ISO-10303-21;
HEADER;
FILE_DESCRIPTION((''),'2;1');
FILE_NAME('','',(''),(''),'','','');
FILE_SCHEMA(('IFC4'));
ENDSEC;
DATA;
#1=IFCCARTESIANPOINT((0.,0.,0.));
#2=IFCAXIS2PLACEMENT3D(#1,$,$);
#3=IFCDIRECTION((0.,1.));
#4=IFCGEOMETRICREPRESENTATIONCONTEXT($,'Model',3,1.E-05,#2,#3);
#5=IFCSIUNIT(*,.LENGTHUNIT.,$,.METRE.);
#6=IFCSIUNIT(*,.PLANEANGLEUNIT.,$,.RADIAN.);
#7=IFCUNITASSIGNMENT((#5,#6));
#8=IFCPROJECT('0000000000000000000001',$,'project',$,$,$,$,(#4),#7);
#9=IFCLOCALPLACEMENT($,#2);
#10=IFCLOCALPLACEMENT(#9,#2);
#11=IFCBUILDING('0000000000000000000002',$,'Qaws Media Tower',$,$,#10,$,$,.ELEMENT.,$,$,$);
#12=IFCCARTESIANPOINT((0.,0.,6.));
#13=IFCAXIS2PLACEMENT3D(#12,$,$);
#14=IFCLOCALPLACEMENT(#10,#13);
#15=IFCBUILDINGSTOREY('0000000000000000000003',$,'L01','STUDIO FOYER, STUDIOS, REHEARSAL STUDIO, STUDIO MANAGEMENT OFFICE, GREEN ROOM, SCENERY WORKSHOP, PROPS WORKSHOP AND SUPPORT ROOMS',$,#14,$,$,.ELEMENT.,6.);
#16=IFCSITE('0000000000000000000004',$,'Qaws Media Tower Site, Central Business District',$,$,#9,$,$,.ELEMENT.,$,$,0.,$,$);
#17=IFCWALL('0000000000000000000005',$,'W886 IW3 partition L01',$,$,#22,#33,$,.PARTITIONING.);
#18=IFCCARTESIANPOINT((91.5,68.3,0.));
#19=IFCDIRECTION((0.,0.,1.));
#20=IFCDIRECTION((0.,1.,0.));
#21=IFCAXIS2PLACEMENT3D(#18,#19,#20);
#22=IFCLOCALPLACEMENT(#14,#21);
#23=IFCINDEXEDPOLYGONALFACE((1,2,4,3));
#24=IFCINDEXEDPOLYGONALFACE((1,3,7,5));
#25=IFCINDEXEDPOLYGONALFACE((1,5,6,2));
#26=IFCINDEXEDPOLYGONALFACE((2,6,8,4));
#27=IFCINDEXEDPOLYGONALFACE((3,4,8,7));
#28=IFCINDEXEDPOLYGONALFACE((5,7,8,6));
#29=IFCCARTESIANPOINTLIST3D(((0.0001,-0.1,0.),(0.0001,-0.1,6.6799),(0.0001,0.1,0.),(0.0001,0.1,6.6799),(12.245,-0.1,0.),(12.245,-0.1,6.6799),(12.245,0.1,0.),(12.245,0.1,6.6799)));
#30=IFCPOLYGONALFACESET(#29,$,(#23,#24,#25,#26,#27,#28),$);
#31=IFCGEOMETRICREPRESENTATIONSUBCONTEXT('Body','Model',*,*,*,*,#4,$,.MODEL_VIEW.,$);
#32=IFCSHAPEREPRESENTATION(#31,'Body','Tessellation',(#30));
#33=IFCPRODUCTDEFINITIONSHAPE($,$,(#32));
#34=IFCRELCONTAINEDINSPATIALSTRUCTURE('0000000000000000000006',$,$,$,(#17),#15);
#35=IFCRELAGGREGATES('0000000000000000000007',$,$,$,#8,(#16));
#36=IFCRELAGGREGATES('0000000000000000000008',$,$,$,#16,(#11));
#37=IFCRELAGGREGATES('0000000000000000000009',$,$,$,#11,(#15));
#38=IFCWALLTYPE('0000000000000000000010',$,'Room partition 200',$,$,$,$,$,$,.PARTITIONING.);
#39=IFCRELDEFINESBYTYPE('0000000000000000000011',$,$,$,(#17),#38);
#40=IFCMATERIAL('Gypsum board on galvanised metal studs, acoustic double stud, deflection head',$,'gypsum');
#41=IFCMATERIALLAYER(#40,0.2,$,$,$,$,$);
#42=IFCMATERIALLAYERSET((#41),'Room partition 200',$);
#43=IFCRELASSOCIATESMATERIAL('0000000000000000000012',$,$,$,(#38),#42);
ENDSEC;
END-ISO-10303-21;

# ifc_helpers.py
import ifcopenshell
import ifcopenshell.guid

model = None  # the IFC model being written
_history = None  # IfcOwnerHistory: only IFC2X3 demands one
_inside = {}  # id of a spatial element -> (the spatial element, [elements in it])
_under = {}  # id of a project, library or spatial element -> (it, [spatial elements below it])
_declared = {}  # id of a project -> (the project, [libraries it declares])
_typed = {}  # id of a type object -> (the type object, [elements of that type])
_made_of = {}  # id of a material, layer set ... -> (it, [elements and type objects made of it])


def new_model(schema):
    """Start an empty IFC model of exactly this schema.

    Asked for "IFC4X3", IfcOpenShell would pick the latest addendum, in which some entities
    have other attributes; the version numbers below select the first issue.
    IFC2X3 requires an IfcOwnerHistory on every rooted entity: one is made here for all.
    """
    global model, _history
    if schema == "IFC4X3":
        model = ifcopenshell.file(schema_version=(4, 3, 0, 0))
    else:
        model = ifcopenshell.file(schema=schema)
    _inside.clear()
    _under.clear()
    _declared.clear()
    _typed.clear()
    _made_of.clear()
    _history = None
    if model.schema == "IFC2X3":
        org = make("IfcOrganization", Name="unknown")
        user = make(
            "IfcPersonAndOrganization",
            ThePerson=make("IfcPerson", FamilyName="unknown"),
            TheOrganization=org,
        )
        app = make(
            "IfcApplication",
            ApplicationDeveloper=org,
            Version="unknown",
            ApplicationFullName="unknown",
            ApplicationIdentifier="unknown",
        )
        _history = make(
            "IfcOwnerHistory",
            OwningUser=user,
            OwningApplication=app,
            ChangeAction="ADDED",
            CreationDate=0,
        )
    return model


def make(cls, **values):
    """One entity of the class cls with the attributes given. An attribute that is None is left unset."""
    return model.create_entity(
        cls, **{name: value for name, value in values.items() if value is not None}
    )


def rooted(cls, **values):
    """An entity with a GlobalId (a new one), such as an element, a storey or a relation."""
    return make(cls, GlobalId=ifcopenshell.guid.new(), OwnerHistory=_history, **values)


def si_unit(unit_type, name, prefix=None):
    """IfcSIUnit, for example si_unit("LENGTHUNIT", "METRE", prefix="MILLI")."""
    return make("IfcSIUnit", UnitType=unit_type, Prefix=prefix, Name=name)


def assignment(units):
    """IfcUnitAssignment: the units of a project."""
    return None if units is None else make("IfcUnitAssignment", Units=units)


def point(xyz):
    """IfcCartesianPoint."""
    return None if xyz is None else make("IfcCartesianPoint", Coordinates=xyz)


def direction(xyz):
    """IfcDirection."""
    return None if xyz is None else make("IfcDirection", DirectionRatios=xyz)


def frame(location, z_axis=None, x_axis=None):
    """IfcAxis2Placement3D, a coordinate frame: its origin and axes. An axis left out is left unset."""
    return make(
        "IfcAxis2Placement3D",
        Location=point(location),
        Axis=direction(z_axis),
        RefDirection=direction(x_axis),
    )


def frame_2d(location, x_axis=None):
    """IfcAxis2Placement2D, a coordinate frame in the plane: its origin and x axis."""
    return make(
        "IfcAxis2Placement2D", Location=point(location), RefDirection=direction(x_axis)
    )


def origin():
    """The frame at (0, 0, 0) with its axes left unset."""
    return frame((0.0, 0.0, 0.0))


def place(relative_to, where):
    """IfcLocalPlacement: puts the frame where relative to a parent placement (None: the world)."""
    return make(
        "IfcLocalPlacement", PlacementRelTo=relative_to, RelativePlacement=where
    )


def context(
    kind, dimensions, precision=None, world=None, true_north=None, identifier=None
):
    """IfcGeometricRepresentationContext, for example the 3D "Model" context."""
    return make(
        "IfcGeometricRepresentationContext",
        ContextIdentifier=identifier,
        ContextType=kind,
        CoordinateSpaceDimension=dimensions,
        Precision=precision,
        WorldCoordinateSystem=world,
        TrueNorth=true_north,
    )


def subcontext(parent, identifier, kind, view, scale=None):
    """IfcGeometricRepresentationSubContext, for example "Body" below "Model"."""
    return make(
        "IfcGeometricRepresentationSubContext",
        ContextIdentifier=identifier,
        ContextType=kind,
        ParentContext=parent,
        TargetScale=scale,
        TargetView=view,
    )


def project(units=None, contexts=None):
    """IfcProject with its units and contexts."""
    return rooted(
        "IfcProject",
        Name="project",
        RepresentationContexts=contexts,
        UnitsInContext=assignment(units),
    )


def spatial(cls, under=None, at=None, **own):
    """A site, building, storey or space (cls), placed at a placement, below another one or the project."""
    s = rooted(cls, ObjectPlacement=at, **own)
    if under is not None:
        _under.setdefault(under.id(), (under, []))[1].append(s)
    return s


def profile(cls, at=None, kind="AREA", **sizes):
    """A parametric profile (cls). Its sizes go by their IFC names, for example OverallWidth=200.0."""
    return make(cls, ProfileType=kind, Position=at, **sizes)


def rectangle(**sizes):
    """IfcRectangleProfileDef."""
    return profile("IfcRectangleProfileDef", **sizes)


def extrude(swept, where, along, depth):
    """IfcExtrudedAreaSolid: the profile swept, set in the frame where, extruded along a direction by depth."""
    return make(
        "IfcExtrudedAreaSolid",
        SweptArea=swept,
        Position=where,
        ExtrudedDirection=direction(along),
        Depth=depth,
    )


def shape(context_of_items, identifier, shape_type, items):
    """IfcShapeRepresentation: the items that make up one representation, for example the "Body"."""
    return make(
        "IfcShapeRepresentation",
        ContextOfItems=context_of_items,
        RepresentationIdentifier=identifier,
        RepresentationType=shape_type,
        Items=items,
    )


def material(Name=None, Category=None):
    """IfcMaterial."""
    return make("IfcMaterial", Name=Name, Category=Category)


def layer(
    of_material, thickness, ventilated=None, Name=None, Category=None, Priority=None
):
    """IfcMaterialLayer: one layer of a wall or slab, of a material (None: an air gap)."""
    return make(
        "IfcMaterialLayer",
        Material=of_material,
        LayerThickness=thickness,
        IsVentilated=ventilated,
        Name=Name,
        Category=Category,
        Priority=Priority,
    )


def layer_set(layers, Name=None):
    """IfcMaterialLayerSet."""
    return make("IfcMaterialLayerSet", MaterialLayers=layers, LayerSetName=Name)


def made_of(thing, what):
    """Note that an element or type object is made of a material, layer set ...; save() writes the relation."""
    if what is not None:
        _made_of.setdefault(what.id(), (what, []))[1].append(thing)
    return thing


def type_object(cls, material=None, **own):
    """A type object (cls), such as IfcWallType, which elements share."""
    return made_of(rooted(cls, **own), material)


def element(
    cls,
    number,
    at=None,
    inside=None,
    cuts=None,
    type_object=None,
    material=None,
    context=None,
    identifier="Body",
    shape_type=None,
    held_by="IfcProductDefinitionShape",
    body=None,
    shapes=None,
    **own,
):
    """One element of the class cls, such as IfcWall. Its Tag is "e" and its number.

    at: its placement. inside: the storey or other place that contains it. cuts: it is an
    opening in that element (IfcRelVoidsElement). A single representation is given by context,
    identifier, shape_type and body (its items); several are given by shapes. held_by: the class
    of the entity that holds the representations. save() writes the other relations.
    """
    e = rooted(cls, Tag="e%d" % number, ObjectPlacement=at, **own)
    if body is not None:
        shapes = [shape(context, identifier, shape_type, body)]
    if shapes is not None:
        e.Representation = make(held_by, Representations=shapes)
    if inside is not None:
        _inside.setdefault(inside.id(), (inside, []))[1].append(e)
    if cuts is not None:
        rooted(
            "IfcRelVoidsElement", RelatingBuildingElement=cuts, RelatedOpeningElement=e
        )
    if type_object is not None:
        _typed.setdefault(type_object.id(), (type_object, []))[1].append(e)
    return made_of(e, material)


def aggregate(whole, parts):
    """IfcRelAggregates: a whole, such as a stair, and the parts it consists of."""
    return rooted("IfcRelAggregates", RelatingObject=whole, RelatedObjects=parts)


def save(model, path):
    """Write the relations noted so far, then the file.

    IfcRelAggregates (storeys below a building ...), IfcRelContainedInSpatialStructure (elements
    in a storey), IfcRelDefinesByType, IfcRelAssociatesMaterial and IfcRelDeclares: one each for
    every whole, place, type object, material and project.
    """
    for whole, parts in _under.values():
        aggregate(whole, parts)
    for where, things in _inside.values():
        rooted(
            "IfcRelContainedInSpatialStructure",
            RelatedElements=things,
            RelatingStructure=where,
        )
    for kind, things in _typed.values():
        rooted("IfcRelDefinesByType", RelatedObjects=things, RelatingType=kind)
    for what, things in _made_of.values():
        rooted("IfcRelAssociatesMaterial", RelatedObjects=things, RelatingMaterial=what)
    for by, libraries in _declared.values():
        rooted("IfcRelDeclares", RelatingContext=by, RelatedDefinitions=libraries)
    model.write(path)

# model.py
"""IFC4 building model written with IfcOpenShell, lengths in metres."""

from ifc_helpers import new_model, si_unit, direction, frame, frame_2d, origin, place, context, subcontext, project, spatial, rectangle, extrude, material, layer, layer_set, type_object, element, save


model = new_model("IFC4")

# Units and contexts
model_context = context("Model", 3, precision=1e-05, world=origin(), true_north=direction((0.0, 1.0)))
body_context = subcontext(model_context, "Body", "Model", "MODEL_VIEW")
ifc_project = project(units=[si_unit("LENGTHUNIT", "METRE"), si_unit("PLANEANGLEUNIT", "RADIAN")], contexts=[model_context])

# Site, building, storey
site_placement = place(None, origin())
site = spatial("IfcSite", under=ifc_project, at=site_placement, Name="Qaws Media Tower Site, Central Business District", CompositionType="ELEMENT", RefElevation=0.0)
building_placement = place(site_placement, origin())
building = spatial("IfcBuilding", under=site, at=building_placement, Name="Qaws Media Tower", CompositionType="ELEMENT")
storey_placement = place(building_placement, frame((0.0, 0.0, 6.0)))
storey = spatial("IfcBuildingStorey", under=building, at=storey_placement, Name="L01", Description="STUDIO FOYER, STUDIOS, REHEARSAL STUDIO, STUDIO MANAGEMENT OFFICE, GREEN ROOM, SCENERY WORKSHOP, PROPS WORKSHOP AND SUPPORT ROOMS", CompositionType="ELEMENT", Elevation=6.0)

# Shared definitions
ifc_material_1 = material(Name="Gypsum board on galvanised metal studs, acoustic double stud, deflection head", Category="gypsum")
ifc_layer = layer(ifc_material_1, 0.2)
ifc_layer_set = layer_set([ifc_layer], Name="Room partition 200")
wall_type = type_object("IfcWallType", Name="Room partition 200", PredefinedType="PARTITIONING", material=ifc_layer_set)

# Wall
wall_1_placement = place(storey_placement, frame((91.5, 68.3, 0.0), z_axis=(0.0, 0.0, 1.0), x_axis=(0.0, 1.0, 0.0)))
element("IfcWall", 1, at=wall_1_placement, inside=storey, type_object=wall_type, Name="W886 IW3 partition L01", PredefinedType="PARTITIONING", context=body_context, shape_type="SweptSolid", body=[
    extrude(rectangle(XDim=12.2449, YDim=0.2, at=frame_2d((6.1226, 0.0))), origin(), (0.0, 0.0, 1.0), 6.6799),
])

save(model, "model.ifc")
